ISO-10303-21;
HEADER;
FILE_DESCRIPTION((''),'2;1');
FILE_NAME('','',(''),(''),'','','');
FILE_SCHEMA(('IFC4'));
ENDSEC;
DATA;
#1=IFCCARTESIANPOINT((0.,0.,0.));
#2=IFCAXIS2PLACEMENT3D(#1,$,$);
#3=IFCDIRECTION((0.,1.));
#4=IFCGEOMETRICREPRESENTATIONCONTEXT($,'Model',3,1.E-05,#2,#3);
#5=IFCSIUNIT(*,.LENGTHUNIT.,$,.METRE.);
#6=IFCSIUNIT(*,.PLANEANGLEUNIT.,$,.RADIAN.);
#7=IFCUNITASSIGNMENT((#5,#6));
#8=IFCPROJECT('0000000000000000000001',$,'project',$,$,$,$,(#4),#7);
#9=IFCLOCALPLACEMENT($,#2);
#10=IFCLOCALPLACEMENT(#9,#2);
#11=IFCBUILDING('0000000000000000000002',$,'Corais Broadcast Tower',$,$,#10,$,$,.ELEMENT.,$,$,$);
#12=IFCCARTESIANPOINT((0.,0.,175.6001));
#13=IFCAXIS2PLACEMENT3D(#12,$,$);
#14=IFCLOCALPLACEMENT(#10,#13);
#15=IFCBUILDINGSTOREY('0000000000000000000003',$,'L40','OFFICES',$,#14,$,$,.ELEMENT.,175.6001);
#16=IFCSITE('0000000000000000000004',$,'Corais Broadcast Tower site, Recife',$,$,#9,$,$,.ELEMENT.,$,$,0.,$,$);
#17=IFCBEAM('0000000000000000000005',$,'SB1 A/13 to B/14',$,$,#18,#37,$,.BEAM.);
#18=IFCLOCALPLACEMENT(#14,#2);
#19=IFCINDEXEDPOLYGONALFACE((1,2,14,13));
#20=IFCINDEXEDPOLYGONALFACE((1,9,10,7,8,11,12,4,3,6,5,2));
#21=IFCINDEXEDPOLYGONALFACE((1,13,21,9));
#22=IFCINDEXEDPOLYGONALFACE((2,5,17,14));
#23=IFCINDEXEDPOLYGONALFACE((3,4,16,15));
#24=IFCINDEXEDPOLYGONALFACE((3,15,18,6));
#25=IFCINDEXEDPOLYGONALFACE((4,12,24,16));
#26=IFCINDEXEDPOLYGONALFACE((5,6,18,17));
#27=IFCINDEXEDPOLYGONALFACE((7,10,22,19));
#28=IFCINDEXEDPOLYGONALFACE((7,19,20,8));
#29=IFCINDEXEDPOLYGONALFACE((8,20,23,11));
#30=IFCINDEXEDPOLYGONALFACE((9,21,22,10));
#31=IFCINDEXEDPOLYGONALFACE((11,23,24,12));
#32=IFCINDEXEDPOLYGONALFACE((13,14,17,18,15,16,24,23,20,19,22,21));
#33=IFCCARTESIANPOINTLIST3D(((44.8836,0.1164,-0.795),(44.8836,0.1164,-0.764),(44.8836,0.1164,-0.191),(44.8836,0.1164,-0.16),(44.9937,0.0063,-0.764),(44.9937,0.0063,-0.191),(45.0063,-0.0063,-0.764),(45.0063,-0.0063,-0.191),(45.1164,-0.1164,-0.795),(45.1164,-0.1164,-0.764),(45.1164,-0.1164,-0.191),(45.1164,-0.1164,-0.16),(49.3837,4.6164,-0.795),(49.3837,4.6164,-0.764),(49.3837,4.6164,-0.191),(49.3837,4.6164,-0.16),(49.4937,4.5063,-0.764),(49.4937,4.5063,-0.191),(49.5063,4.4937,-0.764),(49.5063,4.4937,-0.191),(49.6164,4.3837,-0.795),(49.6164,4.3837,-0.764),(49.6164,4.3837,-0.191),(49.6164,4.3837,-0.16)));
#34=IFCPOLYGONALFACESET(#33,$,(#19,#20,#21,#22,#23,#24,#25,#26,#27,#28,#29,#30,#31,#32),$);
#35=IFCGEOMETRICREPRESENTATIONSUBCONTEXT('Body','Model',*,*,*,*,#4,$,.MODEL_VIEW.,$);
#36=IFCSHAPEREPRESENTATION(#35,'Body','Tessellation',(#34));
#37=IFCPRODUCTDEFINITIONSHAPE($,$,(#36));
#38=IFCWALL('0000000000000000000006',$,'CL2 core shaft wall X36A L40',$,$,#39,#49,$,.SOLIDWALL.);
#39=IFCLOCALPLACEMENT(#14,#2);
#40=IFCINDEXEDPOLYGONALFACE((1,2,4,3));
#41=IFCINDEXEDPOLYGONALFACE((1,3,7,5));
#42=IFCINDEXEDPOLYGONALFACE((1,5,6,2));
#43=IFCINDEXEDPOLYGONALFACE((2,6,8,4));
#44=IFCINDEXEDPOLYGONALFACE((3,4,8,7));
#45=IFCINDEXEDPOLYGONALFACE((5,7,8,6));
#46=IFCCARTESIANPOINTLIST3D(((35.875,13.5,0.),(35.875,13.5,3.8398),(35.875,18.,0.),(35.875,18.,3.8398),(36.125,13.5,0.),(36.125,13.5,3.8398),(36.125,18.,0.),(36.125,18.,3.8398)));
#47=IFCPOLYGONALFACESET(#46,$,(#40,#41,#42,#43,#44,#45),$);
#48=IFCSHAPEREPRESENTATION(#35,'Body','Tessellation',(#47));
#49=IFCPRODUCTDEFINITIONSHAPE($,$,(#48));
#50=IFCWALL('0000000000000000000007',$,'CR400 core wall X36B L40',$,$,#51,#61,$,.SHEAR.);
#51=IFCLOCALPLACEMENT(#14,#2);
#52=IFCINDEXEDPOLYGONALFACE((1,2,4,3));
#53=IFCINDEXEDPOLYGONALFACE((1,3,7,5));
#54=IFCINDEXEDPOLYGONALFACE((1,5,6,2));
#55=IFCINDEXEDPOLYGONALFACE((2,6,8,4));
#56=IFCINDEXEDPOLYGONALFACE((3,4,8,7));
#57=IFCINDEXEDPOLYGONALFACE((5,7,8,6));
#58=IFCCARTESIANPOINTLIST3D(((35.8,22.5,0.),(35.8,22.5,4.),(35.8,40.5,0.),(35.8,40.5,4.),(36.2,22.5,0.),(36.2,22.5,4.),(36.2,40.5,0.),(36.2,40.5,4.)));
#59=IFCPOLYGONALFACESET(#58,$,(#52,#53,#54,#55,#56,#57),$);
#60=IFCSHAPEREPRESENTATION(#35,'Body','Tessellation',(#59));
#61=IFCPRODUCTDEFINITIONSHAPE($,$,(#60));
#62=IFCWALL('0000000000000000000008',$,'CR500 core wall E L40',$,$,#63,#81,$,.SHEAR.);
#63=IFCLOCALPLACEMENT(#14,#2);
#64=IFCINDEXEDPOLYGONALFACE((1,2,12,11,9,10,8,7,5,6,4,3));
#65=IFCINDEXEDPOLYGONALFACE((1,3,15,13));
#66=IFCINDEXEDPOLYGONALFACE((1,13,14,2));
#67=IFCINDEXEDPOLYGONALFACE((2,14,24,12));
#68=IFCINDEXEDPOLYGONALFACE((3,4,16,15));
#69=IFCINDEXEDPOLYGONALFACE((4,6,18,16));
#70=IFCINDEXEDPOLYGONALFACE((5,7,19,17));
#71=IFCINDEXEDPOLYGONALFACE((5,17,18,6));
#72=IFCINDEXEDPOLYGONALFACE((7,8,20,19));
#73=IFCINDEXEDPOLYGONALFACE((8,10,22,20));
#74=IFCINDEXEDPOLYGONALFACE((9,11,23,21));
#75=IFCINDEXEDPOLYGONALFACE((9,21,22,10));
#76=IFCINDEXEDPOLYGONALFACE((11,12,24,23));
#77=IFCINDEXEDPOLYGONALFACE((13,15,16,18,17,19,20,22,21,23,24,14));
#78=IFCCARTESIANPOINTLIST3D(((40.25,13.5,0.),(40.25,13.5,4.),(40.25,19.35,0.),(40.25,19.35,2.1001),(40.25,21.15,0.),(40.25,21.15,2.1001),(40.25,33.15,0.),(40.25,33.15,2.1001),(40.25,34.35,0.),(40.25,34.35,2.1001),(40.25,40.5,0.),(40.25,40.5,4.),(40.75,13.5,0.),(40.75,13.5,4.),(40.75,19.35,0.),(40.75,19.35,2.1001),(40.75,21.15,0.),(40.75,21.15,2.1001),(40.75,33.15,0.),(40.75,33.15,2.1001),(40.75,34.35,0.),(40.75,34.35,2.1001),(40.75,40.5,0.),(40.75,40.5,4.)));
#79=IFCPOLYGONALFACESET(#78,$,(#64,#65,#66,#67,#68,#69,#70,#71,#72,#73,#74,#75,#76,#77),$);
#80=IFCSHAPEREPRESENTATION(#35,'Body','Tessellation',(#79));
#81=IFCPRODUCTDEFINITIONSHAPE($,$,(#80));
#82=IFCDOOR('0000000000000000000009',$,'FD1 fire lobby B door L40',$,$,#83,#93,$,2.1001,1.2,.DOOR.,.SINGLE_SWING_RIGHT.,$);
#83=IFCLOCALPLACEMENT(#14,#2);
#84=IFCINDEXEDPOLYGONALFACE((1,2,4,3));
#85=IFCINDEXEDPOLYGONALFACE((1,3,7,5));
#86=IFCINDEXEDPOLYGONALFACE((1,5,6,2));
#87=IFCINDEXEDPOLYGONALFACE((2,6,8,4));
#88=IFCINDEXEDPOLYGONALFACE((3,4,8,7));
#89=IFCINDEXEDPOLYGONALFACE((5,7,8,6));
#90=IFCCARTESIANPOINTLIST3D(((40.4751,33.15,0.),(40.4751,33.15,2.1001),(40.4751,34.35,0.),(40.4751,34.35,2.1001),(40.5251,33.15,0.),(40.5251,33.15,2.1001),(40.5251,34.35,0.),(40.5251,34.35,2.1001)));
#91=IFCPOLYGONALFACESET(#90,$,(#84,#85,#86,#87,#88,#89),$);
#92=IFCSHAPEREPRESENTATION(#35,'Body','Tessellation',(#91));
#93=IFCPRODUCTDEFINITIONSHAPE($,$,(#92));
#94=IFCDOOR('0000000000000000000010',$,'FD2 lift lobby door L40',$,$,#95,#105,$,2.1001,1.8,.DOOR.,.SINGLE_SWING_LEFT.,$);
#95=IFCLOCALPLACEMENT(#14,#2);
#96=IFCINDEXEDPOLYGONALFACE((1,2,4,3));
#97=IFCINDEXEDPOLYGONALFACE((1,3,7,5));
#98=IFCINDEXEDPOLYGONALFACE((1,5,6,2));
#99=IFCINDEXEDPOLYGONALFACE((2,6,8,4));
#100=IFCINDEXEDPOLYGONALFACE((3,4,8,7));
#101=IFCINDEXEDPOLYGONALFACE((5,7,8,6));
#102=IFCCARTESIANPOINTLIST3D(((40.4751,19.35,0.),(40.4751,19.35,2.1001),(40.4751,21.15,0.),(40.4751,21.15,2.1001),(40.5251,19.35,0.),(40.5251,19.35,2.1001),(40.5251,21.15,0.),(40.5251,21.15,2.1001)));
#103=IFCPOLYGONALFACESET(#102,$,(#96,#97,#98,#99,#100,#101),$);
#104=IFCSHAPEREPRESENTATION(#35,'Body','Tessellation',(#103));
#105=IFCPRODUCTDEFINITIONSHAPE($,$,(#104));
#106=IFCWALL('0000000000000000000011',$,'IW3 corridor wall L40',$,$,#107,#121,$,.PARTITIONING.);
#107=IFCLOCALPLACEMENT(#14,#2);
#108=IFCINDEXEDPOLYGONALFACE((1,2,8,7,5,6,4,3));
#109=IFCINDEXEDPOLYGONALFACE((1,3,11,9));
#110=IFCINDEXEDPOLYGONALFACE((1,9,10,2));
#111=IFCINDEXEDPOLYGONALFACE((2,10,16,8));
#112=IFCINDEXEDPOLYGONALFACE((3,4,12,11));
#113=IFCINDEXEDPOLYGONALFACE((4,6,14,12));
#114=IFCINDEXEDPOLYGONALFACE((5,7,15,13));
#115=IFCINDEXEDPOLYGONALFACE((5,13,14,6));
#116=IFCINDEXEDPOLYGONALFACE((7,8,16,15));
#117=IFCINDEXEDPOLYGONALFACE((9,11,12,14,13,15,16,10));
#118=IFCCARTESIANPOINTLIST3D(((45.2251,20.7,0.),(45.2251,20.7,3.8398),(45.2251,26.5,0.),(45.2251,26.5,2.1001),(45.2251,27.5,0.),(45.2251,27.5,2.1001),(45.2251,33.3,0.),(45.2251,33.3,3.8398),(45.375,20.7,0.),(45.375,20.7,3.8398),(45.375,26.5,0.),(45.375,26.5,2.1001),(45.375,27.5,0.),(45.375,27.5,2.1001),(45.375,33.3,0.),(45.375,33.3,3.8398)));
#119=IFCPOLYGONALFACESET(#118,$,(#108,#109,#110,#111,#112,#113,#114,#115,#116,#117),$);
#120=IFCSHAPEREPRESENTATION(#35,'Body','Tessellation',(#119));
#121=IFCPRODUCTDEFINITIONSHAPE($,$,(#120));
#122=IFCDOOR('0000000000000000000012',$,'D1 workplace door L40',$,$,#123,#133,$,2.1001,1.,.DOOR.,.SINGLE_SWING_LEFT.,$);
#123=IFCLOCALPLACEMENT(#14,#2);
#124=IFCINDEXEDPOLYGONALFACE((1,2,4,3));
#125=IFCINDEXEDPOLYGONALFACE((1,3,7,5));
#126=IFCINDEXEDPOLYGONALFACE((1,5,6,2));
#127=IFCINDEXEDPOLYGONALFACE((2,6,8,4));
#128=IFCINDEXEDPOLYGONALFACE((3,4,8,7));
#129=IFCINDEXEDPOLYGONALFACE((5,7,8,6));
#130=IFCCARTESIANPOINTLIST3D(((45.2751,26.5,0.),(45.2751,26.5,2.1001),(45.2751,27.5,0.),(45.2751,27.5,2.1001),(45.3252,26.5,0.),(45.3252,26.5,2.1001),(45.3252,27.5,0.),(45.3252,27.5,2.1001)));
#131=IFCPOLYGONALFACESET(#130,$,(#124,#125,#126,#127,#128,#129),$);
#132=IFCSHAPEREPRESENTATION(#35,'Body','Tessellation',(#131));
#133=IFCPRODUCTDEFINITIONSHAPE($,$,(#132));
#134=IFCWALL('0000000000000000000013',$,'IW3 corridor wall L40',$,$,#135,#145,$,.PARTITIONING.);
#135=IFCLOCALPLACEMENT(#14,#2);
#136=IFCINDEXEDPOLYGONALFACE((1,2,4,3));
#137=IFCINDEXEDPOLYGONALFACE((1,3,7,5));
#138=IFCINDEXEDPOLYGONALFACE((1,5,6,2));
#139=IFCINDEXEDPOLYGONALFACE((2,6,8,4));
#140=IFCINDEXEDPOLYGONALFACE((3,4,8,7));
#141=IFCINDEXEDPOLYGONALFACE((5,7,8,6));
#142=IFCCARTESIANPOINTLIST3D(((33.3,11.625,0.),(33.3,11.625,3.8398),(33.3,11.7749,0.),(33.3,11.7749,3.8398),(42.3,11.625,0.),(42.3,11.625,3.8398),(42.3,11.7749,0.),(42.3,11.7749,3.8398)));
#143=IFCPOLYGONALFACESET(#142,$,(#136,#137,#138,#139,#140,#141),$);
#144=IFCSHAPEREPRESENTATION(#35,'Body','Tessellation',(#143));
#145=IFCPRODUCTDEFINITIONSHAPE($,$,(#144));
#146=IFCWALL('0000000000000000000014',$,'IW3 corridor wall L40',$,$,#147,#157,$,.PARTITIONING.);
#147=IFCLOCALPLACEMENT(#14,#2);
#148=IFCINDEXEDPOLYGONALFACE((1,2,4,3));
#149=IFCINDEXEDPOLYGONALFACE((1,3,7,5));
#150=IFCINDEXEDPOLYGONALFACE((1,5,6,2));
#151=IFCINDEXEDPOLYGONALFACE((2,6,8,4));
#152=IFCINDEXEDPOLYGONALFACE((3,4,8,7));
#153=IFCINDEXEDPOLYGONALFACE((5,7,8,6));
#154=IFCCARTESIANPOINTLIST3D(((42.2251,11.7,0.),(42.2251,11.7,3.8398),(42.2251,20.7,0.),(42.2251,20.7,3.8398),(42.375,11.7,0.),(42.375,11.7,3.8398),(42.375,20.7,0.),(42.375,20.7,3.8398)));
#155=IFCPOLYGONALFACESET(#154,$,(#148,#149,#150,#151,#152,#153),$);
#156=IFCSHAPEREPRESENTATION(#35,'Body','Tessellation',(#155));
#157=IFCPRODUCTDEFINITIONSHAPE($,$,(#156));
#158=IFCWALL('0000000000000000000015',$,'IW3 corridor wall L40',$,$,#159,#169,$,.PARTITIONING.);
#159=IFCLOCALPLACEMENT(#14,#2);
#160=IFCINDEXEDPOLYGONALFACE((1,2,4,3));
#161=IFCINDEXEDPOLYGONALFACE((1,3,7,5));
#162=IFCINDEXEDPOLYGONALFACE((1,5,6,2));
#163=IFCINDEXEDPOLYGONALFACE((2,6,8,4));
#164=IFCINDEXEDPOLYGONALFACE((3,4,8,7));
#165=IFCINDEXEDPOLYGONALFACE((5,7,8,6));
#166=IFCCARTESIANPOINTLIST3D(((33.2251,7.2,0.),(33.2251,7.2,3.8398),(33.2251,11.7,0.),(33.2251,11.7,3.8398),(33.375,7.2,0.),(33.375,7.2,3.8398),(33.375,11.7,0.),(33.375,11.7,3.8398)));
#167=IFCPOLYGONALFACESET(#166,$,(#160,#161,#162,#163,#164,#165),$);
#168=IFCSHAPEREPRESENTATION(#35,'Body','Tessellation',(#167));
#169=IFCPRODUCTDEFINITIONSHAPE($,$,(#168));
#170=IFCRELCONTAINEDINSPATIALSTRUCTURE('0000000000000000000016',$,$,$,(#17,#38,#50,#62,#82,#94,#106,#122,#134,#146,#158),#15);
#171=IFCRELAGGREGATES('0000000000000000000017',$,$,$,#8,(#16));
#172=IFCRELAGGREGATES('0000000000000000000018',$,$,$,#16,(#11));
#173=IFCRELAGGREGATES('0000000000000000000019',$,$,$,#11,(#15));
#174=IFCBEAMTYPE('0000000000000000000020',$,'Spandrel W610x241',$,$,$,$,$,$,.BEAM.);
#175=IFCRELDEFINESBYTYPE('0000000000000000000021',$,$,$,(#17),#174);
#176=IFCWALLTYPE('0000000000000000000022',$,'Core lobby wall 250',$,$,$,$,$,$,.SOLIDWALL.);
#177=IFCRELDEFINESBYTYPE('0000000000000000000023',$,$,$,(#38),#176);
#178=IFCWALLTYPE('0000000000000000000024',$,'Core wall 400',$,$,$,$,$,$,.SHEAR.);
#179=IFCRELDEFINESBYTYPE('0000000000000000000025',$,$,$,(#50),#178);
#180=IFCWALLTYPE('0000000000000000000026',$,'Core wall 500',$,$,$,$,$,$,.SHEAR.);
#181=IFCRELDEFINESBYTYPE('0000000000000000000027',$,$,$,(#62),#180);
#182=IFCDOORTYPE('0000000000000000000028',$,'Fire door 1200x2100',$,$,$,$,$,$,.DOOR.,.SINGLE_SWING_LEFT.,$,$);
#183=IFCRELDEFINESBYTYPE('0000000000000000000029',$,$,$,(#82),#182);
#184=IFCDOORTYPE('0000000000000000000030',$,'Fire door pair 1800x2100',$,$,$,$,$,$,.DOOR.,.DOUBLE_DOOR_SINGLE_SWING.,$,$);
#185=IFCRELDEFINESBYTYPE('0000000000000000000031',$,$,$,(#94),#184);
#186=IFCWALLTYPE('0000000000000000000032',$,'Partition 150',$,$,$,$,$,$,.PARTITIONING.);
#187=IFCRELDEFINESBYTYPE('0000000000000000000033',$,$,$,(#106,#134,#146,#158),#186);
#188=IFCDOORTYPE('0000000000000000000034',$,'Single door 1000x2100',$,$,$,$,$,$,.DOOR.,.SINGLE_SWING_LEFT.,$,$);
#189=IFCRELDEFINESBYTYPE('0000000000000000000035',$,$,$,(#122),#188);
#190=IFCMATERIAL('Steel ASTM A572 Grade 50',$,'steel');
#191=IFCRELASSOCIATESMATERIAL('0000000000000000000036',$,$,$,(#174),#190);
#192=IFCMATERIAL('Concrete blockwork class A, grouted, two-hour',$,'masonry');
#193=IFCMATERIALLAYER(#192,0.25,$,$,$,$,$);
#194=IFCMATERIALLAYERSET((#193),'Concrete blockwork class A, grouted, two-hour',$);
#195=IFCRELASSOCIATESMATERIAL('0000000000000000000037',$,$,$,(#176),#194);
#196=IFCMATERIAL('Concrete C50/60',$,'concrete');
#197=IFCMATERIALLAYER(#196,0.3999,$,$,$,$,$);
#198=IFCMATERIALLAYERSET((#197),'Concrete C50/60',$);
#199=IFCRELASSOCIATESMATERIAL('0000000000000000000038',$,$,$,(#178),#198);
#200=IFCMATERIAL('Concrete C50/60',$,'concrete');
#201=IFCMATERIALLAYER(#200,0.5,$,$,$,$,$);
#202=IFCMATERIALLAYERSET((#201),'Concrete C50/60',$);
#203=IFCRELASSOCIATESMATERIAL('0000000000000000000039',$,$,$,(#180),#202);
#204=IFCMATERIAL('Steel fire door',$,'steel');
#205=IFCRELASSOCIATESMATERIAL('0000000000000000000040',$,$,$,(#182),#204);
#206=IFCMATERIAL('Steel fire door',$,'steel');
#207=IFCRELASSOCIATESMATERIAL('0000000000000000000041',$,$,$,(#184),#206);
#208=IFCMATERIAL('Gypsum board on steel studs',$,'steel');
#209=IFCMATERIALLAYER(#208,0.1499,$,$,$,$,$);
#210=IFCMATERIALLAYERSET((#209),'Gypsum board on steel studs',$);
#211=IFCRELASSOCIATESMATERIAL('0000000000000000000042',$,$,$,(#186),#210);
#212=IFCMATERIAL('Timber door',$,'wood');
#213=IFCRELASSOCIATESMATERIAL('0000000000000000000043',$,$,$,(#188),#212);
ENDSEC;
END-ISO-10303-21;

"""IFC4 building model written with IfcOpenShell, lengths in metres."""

from ifc_helpers import new_model, si_unit, direction, frame, frame_2d, origin, origin_2d, place, context, subcontext, project, spatial, rectangle, i_section, extrude, material, layer, layer_set, material_profile, profile_set, type_object, element, fill, save


model = new_model("IFC4")

# Units and contexts
model_context = context("Model", 3, precision=1e-05, world=origin(), true_north=direction((0.0, 1.0)))
body_context = subcontext(model_context, "Body", "Model", "MODEL_VIEW")
ifc_project = project(units=[si_unit("LENGTHUNIT", "METRE"), si_unit("PLANEANGLEUNIT", "RADIAN")], contexts=[model_context])

# Site, building, storey
site_placement = place(None, origin())
site = spatial("IfcSite", under=ifc_project, at=site_placement, Name="Corais Broadcast Tower site, Recife", CompositionType="ELEMENT", RefElevation=0.0)
building_placement = place(site_placement, origin())
building = spatial("IfcBuilding", under=site, at=building_placement, Name="Corais Broadcast Tower", CompositionType="ELEMENT")
storey_placement = place(building_placement, frame((0.0, 0.0, 175.6001)))
storey = spatial("IfcBuildingStorey", under=building, at=storey_placement, Name="L40", Description="OFFICES", CompositionType="ELEMENT", Elevation=175.6001)

# Beam
ifc_material_1 = material(Name="Steel ASTM A572 Grade 50", Category="steel")
ifc_material_profile_1 = material_profile(ifc_material_1, i_section(OverallWidth=0.3291, OverallDepth=0.635, WebThickness=0.0178, FlangeThickness=0.031, at=origin_2d()), Name="W610x241")
ifc_profile_set_1 = profile_set([ifc_material_profile_1], Name="Steel ASTM A572 Grade 50")
beam_type_1 = type_object("IfcBeamType", Name="Spandrel W610x241", PredefinedType="BEAM", material=ifc_profile_set_1)
beam_1_placement = place(storey_placement, frame((45.0, 0.0, -0.4775), z_axis=(0.707107, 0.707107, 0.0), x_axis=(-0.707107, 0.707107, 0.0)))
element("IfcBeam", 1, at=beam_1_placement, inside=storey, type_object=beam_type_1, Name="SB1 A/13 to B/14", PredefinedType="BEAM", context=body_context, shape_type="SweptSolid", body=[
    extrude(i_section(OverallWidth=0.3291, OverallDepth=0.635, WebThickness=0.0178, FlangeThickness=0.031, at=origin_2d()), origin(), (0.0, 0.0, 1.0), 6.364),
])

# Walls
ifc_material_2 = material(Name="Concrete blockwork class A, grouted, two-hour", Category="masonry")
ifc_layer_1 = layer(ifc_material_2, 0.25)
ifc_layer_set_1 = layer_set([ifc_layer_1], Name="Concrete blockwork class A, grouted, two-hour")
wall_type_1 = type_object("IfcWallType", Name="Core lobby wall 250", PredefinedType="SOLIDWALL", material=ifc_layer_set_1)
wall_1_placement = place(storey_placement, frame((36.0, 13.5, 0.0), z_axis=(0.0, 0.0, 1.0), x_axis=(0.0, 1.0, 0.0)))
element("IfcWall", 2, at=wall_1_placement, inside=storey, type_object=wall_type_1, Name="CL2 core shaft wall X36A L40", PredefinedType="SOLIDWALL", context=body_context, shape_type="SweptSolid", body=[
    extrude(rectangle(XDim=4.5, YDim=0.25, at=frame_2d((2.25, 0.0))), origin(), (0.0, 0.0, 1.0), 3.8398),
])
ifc_material_3 = material(Name="Concrete C50/60", Category="concrete")
ifc_layer_2 = layer(ifc_material_3, 0.3999)
ifc_layer_set_2 = layer_set([ifc_layer_2], Name="Concrete C50/60")
wall_type_2 = type_object("IfcWallType", Name="Core wall 400", PredefinedType="SHEAR", material=ifc_layer_set_2)
wall_2_placement = place(storey_placement, frame((36.0, 22.5, 0.0), z_axis=(0.0, 0.0, 1.0), x_axis=(0.0, 1.0, 0.0)))
element("IfcWall", 3, at=wall_2_placement, inside=storey, type_object=wall_type_2, Name="CR400 core wall X36B L40", PredefinedType="SHEAR", context=body_context, shape_type="SweptSolid", body=[
    extrude(rectangle(XDim=18.0, YDim=0.3999, at=frame_2d((9.0, 0.0))), origin(), (0.0, 0.0, 1.0), 4.0),
])

# Wall, openings, doors
ifc_material_4 = material(Name="Concrete C50/60", Category="concrete")
ifc_layer_3 = layer(ifc_material_4, 0.5)
ifc_layer_set_3 = layer_set([ifc_layer_3], Name="Concrete C50/60")
wall_type_3 = type_object("IfcWallType", Name="Core wall 500", PredefinedType="SHEAR", material=ifc_layer_set_3)
wall_3_placement = place(storey_placement, frame((40.5, 13.5, 0.0), z_axis=(0.0, 0.0, 1.0), x_axis=(0.0, 1.0, 0.0)))
wall_3 = element("IfcWall", 4, at=wall_3_placement, inside=storey, type_object=wall_type_3, Name="CR500 core wall E L40", PredefinedType="SHEAR", context=body_context, shape_type="SweptSolid", body=[
    extrude(rectangle(XDim=27.0, YDim=0.5, at=frame_2d((13.5, 0.0))), origin(), (0.0, 0.0, 1.0), 4.0),
])
opening_1_placement = place(wall_3_placement, frame((5.8501, 0.0, 0.0)))
opening_1 = element("IfcOpeningElement", 5, at=opening_1_placement, cuts=wall_3, PredefinedType="OPENING", context=body_context, shape_type="SweptSolid", body=[
    extrude(rectangle(XDim=1.8, YDim=2.1001, at=frame_2d((0.8999, 1.05))), frame((0.0, 0.26, 0.0), z_axis=(0.0, -1.0, 0.0), x_axis=(1.0, 0.0, 0.0)), (0.0, 0.0, 1.0), 0.52),
])
opening_2_placement = place(wall_3_placement, frame((19.6499, 0.0, 0.0)))
opening_2 = element("IfcOpeningElement", 6, at=opening_2_placement, cuts=wall_3, PredefinedType="OPENING", context=body_context, shape_type="SweptSolid", body=[
    extrude(rectangle(XDim=1.2, YDim=2.1001, at=frame_2d((0.6001, 1.05))), frame((0.0, 0.26, 0.0), z_axis=(0.0, -1.0, 0.0), x_axis=(1.0, 0.0, 0.0)), (0.0, 0.0, 1.0), 0.52),
])
ifc_material_5 = material(Name="Steel fire door", Category="steel")
door_type_1 = type_object("IfcDoorType", Name="Fire door 1200x2100", OperationType="SINGLE_SWING_LEFT", PredefinedType="DOOR", material=ifc_material_5)
door_1_placement = place(opening_2_placement, origin())
door_1 = element("IfcDoor", 7, at=door_1_placement, inside=storey, type_object=door_type_1, Name="FD1 fire lobby B door L40", OperationType="SINGLE_SWING_RIGHT", OverallHeight=2.1001, OverallWidth=1.2, PredefinedType="DOOR", context=body_context, shape_type="SweptSolid", body=[
    extrude(rectangle(XDim=1.2, YDim=2.1001, at=frame_2d((0.6001, 1.05))), frame((0.0, 0.0249, 0.0), z_axis=(0.0, -1.0, 0.0), x_axis=(1.0, 0.0, 0.0)), (0.0, 0.0, 1.0), 0.05),
])
fill(opening_2, door_1)
ifc_material_6 = material(Name="Steel fire door", Category="steel")
door_type_2 = type_object("IfcDoorType", Name="Fire door pair 1800x2100", OperationType="DOUBLE_DOOR_SINGLE_SWING", PredefinedType="DOOR", material=ifc_material_6)
door_2_placement = place(opening_1_placement, origin())
door_2 = element("IfcDoor", 8, at=door_2_placement, inside=storey, type_object=door_type_2, Name="FD2 lift lobby door L40", OperationType="SINGLE_SWING_LEFT", OverallHeight=2.1001, OverallWidth=1.8, PredefinedType="DOOR", context=body_context, shape_type="SweptSolid", body=[
    extrude(rectangle(XDim=1.8, YDim=2.1001, at=frame_2d((0.8999, 1.05))), frame((0.0, 0.0249, 0.0), z_axis=(0.0, -1.0, 0.0), x_axis=(1.0, 0.0, 0.0)), (0.0, 0.0, 1.0), 0.05),
])
fill(opening_1, door_2)

# Wall, opening, door
ifc_material_7 = material(Name="Gypsum board on steel studs", Category="steel")
ifc_layer_4 = layer(ifc_material_7, 0.1499)
ifc_layer_set_4 = layer_set([ifc_layer_4], Name="Gypsum board on steel studs")
wall_type_4 = type_object("IfcWallType", Name="Partition 150", PredefinedType="PARTITIONING", material=ifc_layer_set_4)
wall_4_placement = place(storey_placement, frame((45.3, 20.7, 0.0), z_axis=(0.0, 0.0, 1.0), x_axis=(0.0, 1.0, 0.0)))
wall_4 = element("IfcWall", 9, at=wall_4_placement, inside=storey, type_object=wall_type_4, Name="IW3 corridor wall L40", PredefinedType="PARTITIONING", context=body_context, shape_type="SweptSolid", body=[
    extrude(rectangle(XDim=12.6001, YDim=0.1499, at=frame_2d((6.3, 0.0))), origin(), (0.0, 0.0, 1.0), 3.8398),
])
opening_3_placement = place(wall_4_placement, frame((5.8, 0.0, 0.0)))
opening_3 = element("IfcOpeningElement", 10, at=opening_3_placement, cuts=wall_4, PredefinedType="OPENING", context=body_context, shape_type="SweptSolid", body=[
    extrude(rectangle(XDim=1.0, YDim=2.1001, at=frame_2d((0.5, 1.05))), frame((0.0, 0.085, 0.0), z_axis=(0.0, -1.0, 0.0), x_axis=(1.0, 0.0, 0.0)), (0.0, 0.0, 1.0), 0.1699),
])
ifc_material_8 = material(Name="Timber door", Category="wood")
door_type_3 = type_object("IfcDoorType", Name="Single door 1000x2100", OperationType="SINGLE_SWING_LEFT", PredefinedType="DOOR", material=ifc_material_8)
door_3_placement = place(opening_3_placement, origin())
door_3 = element("IfcDoor", 11, at=door_3_placement, inside=storey, type_object=door_type_3, Name="D1 workplace door L40", OperationType="SINGLE_SWING_LEFT", OverallHeight=2.1001, OverallWidth=1.0, PredefinedType="DOOR", context=body_context, shape_type="SweptSolid", body=[
    extrude(rectangle(XDim=1.0, YDim=2.1001, at=frame_2d((0.5, 1.05))), frame((0.0, 0.0249, 0.0), z_axis=(0.0, -1.0, 0.0), x_axis=(1.0, 0.0, 0.0)), (0.0, 0.0, 1.0), 0.05),
])
fill(opening_3, door_3)

# Walls
for number, where, z_axis, x_axis, name in (
    (12, (33.3, 11.7, 0.0), (0.0, 0.0, 1.0), (1.0, 0.0, 0.0), "IW3 corridor wall L40"),
    (13, (42.3, 11.7, 0.0), (0.0, 0.0, 1.0), (0.0, 1.0, 0.0), "IW3 corridor wall L40"),
):
    element("IfcWall", number, at=place(storey_placement, frame(where, z_axis=z_axis, x_axis=x_axis)), inside=storey, type_object=wall_type_4, Name=name, PredefinedType="PARTITIONING", context=body_context, shape_type="SweptSolid", body=[
        extrude(rectangle(XDim=9.0, YDim=0.1499, at=frame_2d((4.5, 0.0))), origin(), (0.0, 0.0, 1.0), 3.8398),
    ])
wall_5_placement = place(storey_placement, frame((33.3, 7.2, 0.0), z_axis=(0.0, 0.0, 1.0), x_axis=(0.0, 1.0, 0.0)))
element("IfcWall", 14, at=wall_5_placement, inside=storey, type_object=wall_type_4, Name="IW3 corridor wall L40", PredefinedType="PARTITIONING", context=body_context, shape_type="SweptSolid", body=[
    extrude(rectangle(XDim=4.5, YDim=0.1499, at=frame_2d((2.25, 0.0))), origin(), (0.0, 0.0, 1.0), 3.8398),
])

save(model, "model.ifc")
